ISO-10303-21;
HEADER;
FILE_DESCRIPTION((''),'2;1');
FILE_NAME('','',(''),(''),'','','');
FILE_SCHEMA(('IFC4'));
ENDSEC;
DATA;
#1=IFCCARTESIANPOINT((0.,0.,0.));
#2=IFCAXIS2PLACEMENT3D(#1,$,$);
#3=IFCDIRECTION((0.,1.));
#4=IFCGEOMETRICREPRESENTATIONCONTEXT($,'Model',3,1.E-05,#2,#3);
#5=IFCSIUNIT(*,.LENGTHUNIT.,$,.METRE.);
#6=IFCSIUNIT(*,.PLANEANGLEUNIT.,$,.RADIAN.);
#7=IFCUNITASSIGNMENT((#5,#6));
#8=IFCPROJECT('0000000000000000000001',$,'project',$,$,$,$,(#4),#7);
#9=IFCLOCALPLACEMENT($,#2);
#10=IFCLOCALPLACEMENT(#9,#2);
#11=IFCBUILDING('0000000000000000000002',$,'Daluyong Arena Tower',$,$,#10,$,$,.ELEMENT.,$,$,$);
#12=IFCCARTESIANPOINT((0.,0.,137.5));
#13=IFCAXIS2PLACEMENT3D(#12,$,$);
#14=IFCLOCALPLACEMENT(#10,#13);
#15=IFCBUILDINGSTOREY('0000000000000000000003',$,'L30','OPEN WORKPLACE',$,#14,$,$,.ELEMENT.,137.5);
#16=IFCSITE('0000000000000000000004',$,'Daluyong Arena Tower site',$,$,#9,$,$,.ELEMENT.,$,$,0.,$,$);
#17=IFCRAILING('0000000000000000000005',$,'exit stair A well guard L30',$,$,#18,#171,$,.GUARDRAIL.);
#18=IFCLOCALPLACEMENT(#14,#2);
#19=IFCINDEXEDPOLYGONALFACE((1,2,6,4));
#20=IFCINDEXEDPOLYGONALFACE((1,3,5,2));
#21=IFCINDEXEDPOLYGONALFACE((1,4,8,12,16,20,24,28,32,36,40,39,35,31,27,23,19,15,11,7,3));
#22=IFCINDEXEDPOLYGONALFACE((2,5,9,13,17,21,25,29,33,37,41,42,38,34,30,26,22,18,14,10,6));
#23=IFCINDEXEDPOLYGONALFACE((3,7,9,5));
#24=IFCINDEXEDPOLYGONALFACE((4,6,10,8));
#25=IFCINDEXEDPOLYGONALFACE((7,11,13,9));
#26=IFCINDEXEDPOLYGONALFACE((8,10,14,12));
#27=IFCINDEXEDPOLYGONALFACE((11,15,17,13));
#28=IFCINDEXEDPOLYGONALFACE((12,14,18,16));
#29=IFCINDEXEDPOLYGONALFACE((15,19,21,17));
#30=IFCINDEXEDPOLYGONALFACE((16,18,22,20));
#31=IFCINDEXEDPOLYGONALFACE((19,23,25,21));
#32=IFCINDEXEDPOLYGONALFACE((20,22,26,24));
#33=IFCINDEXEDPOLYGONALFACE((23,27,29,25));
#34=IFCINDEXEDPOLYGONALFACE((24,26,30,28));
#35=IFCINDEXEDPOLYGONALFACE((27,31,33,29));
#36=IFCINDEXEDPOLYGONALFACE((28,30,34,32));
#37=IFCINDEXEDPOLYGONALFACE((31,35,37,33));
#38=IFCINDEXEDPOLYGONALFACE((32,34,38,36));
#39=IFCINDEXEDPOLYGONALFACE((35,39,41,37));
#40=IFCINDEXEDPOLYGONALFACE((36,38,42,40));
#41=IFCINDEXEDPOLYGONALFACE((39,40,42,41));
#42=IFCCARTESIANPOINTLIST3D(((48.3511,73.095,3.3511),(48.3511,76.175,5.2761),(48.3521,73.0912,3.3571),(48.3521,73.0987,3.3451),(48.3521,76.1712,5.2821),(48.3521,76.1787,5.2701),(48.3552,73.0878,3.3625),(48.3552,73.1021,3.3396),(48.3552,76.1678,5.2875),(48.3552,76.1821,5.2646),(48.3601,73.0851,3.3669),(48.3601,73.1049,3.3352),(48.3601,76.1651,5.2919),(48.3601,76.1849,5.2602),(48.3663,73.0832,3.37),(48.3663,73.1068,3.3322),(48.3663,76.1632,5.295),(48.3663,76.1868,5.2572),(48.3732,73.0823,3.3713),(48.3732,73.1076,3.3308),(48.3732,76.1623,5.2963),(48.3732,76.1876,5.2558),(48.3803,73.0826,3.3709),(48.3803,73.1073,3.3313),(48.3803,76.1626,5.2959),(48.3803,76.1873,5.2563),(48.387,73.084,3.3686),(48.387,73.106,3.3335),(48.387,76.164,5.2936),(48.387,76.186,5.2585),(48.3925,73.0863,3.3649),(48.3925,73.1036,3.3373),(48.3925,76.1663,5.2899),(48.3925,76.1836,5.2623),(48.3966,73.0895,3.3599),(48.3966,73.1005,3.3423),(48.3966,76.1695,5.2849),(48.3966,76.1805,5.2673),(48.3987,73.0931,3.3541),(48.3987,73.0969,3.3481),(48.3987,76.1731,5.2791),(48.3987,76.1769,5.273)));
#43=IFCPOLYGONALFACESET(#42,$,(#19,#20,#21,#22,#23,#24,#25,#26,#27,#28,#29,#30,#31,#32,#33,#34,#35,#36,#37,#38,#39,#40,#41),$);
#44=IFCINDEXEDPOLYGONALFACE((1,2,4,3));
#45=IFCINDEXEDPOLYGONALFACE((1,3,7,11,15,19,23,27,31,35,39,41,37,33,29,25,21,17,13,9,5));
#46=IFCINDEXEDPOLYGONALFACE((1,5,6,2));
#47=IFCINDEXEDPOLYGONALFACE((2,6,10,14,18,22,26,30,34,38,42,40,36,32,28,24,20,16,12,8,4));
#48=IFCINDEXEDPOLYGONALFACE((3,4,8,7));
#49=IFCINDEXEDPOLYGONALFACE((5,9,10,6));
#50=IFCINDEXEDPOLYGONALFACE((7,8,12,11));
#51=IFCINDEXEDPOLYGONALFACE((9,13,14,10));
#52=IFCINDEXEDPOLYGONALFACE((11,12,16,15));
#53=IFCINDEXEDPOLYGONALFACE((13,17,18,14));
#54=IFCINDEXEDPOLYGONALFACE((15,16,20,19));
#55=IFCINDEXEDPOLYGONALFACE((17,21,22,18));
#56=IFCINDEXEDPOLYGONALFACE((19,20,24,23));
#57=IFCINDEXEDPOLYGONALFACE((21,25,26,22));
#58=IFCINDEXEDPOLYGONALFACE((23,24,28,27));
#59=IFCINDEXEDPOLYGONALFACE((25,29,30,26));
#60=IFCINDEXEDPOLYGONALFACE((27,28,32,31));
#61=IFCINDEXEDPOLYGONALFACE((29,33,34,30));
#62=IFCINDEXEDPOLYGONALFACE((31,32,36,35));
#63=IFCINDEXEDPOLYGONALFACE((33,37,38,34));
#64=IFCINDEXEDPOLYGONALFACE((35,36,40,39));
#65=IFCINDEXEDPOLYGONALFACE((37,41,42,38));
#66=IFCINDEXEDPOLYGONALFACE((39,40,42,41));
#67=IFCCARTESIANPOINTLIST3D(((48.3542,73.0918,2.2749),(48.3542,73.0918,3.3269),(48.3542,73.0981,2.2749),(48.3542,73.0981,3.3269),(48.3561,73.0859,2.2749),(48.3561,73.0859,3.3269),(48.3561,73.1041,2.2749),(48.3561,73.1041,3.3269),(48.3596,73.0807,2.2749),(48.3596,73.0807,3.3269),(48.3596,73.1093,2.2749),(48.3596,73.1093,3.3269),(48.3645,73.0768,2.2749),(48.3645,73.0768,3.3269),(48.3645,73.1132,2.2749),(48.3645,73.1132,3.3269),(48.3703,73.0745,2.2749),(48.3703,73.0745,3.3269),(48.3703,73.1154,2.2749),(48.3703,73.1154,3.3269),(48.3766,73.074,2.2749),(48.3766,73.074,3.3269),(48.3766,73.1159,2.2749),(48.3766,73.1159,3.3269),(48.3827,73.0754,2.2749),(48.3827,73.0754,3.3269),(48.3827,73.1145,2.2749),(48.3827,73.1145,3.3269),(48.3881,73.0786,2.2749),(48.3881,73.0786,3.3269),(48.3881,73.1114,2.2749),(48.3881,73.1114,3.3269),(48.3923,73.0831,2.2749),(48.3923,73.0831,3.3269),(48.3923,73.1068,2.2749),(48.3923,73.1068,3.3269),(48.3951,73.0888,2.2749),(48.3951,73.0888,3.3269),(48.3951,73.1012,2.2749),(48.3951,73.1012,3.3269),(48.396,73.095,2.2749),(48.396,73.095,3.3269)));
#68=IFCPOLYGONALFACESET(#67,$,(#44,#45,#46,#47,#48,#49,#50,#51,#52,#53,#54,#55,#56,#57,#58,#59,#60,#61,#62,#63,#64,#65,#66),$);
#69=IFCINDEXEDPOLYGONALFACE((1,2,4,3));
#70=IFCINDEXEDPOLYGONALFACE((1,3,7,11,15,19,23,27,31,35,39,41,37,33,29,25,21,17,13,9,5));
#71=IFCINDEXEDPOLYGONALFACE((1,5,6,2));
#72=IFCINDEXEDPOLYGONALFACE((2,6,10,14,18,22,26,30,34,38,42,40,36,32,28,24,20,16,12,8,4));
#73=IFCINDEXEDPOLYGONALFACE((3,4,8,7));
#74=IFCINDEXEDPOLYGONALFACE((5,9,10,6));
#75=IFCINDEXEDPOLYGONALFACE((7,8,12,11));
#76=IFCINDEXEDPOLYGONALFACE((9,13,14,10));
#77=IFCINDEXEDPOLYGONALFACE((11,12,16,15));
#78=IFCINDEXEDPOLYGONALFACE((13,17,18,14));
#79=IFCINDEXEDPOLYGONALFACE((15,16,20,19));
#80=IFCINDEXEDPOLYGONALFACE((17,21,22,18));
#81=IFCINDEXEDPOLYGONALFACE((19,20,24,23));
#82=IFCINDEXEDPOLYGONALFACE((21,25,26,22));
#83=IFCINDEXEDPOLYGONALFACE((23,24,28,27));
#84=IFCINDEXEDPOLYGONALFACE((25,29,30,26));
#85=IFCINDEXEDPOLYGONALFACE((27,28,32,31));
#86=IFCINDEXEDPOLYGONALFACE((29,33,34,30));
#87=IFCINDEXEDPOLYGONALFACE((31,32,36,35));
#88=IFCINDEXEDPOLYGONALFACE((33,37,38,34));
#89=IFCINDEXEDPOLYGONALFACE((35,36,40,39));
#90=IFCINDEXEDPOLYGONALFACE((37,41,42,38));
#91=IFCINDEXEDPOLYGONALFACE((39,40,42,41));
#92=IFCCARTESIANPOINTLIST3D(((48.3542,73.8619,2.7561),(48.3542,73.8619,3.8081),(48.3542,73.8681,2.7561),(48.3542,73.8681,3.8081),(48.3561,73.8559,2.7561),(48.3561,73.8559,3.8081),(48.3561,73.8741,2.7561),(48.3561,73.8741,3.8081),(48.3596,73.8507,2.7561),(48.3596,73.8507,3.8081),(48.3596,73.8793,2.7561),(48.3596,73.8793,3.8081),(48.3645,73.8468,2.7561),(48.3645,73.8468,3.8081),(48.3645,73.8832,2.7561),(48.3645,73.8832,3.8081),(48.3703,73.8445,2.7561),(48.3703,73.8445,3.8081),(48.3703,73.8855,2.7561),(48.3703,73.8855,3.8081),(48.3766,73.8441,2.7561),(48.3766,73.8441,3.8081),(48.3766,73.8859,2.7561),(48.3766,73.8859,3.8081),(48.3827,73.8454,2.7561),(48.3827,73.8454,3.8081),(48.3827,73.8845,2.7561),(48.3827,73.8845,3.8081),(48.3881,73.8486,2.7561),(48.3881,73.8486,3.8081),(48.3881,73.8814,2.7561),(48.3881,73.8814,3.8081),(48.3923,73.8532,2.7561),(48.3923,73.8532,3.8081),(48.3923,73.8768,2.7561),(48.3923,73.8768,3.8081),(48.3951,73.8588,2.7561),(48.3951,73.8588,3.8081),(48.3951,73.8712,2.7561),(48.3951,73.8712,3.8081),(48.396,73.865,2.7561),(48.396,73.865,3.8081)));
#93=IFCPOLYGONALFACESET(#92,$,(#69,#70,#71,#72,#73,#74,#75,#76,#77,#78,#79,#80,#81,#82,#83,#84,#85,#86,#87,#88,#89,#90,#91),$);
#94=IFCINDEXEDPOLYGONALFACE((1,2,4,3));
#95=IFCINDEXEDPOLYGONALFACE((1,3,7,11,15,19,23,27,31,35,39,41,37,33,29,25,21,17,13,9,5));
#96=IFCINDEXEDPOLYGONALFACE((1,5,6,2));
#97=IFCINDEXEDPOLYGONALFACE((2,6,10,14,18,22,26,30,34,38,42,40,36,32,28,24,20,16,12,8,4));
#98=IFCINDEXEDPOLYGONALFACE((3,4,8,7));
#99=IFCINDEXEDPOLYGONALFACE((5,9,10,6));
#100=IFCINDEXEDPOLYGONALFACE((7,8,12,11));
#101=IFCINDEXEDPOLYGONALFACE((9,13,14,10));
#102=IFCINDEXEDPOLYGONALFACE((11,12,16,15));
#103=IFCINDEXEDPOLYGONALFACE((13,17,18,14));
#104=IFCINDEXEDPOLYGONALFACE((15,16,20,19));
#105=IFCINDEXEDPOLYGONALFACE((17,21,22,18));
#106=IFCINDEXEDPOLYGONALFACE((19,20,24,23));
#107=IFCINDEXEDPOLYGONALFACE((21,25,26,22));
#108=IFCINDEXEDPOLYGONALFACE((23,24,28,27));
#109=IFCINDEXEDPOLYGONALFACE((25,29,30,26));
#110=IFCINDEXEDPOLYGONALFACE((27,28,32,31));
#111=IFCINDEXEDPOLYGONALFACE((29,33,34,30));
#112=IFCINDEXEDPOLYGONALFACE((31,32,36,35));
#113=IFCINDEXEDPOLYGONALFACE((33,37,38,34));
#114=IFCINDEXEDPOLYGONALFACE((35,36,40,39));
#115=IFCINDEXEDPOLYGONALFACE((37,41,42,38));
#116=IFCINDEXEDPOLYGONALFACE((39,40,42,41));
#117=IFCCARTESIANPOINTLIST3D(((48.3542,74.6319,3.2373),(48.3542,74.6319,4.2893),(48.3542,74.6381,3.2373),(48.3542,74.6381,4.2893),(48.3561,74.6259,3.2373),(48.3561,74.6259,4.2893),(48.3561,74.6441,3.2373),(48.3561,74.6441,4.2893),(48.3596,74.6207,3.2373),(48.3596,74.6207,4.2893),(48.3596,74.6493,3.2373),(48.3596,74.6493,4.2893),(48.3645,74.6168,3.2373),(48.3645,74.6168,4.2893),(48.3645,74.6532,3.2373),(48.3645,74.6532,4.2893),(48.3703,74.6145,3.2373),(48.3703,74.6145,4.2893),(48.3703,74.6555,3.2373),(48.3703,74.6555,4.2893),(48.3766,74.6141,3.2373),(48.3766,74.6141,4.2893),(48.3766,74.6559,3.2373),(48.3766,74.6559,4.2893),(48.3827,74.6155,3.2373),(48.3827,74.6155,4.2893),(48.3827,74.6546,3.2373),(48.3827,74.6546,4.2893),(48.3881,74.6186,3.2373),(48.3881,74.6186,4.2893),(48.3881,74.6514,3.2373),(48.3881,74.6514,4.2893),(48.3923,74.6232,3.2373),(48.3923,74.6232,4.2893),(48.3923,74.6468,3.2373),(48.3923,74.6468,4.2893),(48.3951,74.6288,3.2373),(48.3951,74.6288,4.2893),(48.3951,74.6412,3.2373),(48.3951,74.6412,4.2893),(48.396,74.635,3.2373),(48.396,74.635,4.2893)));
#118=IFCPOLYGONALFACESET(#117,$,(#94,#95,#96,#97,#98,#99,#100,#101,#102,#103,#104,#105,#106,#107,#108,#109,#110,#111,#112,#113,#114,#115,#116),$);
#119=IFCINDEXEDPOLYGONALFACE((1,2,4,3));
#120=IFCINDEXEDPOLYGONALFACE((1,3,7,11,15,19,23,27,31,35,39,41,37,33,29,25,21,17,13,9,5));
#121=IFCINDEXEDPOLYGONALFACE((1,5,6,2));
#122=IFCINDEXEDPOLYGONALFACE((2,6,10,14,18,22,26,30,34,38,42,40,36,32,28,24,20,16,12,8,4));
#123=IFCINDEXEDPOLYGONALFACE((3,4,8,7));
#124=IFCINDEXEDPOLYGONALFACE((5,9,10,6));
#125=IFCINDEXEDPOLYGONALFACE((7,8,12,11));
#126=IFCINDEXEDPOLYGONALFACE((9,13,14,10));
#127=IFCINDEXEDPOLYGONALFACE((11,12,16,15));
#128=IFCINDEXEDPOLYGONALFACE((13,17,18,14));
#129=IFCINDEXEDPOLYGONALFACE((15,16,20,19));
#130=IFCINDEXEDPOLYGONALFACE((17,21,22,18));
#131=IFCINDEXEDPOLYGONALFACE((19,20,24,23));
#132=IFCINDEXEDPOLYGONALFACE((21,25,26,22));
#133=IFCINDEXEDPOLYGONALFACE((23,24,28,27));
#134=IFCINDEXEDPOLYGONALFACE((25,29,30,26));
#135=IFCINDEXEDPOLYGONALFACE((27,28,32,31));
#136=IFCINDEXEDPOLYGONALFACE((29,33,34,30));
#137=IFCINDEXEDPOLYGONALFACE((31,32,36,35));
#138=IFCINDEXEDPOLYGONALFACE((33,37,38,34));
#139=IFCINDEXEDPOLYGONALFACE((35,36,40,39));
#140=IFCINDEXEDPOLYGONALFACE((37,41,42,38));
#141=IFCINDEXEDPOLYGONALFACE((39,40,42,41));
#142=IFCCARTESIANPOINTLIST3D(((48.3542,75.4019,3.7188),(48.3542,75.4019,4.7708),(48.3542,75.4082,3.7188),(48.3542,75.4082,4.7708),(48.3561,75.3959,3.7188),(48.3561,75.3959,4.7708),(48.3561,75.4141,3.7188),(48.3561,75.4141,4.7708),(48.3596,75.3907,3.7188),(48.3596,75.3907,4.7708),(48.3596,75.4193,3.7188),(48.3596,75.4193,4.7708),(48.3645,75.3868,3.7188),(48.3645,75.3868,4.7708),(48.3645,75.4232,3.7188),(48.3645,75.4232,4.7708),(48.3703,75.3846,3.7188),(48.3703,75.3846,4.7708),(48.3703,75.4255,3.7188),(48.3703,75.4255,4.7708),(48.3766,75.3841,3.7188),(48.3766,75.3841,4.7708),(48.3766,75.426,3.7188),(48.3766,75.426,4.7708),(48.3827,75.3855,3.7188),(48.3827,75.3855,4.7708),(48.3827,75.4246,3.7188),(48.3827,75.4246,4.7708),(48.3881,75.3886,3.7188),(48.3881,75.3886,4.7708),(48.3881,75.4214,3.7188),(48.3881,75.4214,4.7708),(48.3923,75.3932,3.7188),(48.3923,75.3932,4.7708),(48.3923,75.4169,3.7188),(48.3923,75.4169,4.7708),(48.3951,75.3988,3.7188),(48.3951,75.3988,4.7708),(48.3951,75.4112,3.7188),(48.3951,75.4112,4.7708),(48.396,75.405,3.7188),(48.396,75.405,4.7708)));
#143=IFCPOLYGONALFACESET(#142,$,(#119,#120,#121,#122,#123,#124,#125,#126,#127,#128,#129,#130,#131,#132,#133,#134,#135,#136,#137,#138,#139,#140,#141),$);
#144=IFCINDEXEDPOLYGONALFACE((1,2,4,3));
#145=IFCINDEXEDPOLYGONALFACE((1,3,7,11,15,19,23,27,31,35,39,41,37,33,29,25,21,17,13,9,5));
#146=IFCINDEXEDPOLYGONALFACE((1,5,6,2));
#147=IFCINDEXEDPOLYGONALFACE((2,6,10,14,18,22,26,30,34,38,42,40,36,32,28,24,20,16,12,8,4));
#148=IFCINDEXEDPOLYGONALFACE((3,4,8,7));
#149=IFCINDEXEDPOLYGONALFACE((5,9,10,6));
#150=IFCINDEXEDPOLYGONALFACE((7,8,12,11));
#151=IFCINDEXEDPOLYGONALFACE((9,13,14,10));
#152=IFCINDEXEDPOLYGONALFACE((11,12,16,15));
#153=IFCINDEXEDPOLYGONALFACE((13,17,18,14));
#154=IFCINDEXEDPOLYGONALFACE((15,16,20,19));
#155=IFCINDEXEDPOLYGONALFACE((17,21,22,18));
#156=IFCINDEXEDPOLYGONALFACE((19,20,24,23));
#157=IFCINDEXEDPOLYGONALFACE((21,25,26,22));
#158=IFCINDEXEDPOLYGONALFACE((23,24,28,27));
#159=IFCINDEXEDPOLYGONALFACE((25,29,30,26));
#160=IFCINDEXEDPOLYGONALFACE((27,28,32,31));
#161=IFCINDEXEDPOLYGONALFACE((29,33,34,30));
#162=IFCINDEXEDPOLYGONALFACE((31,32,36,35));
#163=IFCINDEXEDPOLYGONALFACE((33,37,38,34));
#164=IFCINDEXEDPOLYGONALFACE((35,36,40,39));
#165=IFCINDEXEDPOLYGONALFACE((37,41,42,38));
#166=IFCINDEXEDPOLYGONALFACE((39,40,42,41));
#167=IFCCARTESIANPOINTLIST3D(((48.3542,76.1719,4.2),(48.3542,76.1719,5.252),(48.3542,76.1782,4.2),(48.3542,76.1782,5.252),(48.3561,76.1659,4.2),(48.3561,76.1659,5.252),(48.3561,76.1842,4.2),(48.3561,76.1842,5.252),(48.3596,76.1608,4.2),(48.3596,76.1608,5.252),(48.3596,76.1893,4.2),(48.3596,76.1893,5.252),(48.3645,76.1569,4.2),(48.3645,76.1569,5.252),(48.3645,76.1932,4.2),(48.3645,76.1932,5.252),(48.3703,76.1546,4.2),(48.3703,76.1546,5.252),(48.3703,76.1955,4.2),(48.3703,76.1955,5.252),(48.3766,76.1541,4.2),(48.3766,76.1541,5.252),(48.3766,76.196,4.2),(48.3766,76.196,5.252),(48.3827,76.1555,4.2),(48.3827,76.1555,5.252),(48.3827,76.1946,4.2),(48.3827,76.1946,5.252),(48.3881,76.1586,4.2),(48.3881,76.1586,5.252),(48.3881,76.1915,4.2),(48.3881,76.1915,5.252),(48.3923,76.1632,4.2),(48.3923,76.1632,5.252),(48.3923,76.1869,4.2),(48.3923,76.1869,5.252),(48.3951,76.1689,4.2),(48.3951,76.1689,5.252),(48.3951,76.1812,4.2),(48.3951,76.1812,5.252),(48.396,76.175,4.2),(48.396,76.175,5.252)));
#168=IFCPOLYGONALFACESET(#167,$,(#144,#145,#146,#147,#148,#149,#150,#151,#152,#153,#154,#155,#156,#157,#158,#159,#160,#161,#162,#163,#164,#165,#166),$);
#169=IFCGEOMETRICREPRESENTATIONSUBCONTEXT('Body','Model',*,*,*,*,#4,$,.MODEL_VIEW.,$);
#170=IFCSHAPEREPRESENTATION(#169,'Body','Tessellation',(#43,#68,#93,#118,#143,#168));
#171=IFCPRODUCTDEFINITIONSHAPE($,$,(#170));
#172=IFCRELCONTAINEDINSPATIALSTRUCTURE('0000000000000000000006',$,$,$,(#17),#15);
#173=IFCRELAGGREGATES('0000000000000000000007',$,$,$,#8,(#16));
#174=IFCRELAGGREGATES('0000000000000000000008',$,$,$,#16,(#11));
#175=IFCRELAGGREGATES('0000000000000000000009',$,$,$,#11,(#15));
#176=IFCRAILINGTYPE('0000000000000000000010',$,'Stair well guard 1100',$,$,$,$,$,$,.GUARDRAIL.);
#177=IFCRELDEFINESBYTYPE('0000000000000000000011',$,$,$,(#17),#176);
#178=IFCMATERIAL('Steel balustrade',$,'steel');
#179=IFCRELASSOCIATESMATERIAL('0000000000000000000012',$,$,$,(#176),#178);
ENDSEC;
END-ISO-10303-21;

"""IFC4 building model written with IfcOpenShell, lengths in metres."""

from ifc_helpers import new_model, si_unit, direction, frame, origin, origin_2d, place, context, subcontext, project, spatial, circle, extrude, material, type_object, element, save


model = new_model("IFC4")

# Units and contexts
model_context = context("Model", 3, precision=1e-05, world=origin(), true_north=direction((0.0, 1.0)))
body_context = subcontext(model_context, "Body", "Model", "MODEL_VIEW")
ifc_project = project(units=[si_unit("LENGTHUNIT", "METRE"), si_unit("PLANEANGLEUNIT", "RADIAN")], contexts=[model_context])

# Site, building, storey
site_placement = place(None, origin())
site = spatial("IfcSite", under=ifc_project, at=site_placement, Name="Daluyong Arena Tower site", CompositionType="ELEMENT", RefElevation=0.0)
building_placement = place(site_placement, origin())
building = spatial("IfcBuilding", under=site, at=building_placement, Name="Daluyong Arena Tower", CompositionType="ELEMENT")
storey_placement = place(building_placement, frame((0.0, 0.0, 137.5)))
storey = spatial("IfcBuildingStorey", under=building, at=storey_placement, Name="L30", Description="OPEN WORKPLACE", CompositionType="ELEMENT", Elevation=137.5)

# Railing
ifc_material_1 = material(Name="Steel balustrade", Category="steel")
railing_type_1 = type_object("IfcRailingType", Name="Stair well guard 1100", PredefinedType="GUARDRAIL", material=ifc_material_1)
railing_1_placement = place(storey_placement, frame((48.375, 73.095, 2.2749)))
element("IfcRailing", 1, at=railing_1_placement, inside=storey, type_object=railing_type_1, Name="exit stair A well guard L30", PredefinedType="GUARDRAIL", context=body_context, shape_type="SweptSolid", body=[
    extrude(circle(Radius=0.0239, at=origin_2d()), frame((0.0, 0.0, 1.0762), z_axis=(0.0, 0.847998, 0.529999), x_axis=(-1.0, 0.0, 0.0)), (0.0, 0.0, 1.0), 3.6321),
    extrude(circle(Radius=0.021, at=origin_2d()), origin(), (0.0, 0.0, 1.0), 1.052),
    extrude(circle(Radius=0.021, at=origin_2d()), frame((0.0, 0.77, 0.4812)), (0.0, 0.0, 1.0), 1.052),
    extrude(circle(Radius=0.021, at=origin_2d()), frame((0.0, 1.54, 0.9624)), (0.0, 0.0, 1.0), 1.052),
    extrude(circle(Radius=0.021, at=origin_2d()), frame((0.0, 2.3101, 1.4438)), (0.0, 0.0, 1.0), 1.052),
    extrude(circle(Radius=0.021, at=origin_2d()), frame((0.0, 3.0801, 1.925)), (0.0, 0.0, 1.0), 1.052),
])

save(model, "model.ifc")
